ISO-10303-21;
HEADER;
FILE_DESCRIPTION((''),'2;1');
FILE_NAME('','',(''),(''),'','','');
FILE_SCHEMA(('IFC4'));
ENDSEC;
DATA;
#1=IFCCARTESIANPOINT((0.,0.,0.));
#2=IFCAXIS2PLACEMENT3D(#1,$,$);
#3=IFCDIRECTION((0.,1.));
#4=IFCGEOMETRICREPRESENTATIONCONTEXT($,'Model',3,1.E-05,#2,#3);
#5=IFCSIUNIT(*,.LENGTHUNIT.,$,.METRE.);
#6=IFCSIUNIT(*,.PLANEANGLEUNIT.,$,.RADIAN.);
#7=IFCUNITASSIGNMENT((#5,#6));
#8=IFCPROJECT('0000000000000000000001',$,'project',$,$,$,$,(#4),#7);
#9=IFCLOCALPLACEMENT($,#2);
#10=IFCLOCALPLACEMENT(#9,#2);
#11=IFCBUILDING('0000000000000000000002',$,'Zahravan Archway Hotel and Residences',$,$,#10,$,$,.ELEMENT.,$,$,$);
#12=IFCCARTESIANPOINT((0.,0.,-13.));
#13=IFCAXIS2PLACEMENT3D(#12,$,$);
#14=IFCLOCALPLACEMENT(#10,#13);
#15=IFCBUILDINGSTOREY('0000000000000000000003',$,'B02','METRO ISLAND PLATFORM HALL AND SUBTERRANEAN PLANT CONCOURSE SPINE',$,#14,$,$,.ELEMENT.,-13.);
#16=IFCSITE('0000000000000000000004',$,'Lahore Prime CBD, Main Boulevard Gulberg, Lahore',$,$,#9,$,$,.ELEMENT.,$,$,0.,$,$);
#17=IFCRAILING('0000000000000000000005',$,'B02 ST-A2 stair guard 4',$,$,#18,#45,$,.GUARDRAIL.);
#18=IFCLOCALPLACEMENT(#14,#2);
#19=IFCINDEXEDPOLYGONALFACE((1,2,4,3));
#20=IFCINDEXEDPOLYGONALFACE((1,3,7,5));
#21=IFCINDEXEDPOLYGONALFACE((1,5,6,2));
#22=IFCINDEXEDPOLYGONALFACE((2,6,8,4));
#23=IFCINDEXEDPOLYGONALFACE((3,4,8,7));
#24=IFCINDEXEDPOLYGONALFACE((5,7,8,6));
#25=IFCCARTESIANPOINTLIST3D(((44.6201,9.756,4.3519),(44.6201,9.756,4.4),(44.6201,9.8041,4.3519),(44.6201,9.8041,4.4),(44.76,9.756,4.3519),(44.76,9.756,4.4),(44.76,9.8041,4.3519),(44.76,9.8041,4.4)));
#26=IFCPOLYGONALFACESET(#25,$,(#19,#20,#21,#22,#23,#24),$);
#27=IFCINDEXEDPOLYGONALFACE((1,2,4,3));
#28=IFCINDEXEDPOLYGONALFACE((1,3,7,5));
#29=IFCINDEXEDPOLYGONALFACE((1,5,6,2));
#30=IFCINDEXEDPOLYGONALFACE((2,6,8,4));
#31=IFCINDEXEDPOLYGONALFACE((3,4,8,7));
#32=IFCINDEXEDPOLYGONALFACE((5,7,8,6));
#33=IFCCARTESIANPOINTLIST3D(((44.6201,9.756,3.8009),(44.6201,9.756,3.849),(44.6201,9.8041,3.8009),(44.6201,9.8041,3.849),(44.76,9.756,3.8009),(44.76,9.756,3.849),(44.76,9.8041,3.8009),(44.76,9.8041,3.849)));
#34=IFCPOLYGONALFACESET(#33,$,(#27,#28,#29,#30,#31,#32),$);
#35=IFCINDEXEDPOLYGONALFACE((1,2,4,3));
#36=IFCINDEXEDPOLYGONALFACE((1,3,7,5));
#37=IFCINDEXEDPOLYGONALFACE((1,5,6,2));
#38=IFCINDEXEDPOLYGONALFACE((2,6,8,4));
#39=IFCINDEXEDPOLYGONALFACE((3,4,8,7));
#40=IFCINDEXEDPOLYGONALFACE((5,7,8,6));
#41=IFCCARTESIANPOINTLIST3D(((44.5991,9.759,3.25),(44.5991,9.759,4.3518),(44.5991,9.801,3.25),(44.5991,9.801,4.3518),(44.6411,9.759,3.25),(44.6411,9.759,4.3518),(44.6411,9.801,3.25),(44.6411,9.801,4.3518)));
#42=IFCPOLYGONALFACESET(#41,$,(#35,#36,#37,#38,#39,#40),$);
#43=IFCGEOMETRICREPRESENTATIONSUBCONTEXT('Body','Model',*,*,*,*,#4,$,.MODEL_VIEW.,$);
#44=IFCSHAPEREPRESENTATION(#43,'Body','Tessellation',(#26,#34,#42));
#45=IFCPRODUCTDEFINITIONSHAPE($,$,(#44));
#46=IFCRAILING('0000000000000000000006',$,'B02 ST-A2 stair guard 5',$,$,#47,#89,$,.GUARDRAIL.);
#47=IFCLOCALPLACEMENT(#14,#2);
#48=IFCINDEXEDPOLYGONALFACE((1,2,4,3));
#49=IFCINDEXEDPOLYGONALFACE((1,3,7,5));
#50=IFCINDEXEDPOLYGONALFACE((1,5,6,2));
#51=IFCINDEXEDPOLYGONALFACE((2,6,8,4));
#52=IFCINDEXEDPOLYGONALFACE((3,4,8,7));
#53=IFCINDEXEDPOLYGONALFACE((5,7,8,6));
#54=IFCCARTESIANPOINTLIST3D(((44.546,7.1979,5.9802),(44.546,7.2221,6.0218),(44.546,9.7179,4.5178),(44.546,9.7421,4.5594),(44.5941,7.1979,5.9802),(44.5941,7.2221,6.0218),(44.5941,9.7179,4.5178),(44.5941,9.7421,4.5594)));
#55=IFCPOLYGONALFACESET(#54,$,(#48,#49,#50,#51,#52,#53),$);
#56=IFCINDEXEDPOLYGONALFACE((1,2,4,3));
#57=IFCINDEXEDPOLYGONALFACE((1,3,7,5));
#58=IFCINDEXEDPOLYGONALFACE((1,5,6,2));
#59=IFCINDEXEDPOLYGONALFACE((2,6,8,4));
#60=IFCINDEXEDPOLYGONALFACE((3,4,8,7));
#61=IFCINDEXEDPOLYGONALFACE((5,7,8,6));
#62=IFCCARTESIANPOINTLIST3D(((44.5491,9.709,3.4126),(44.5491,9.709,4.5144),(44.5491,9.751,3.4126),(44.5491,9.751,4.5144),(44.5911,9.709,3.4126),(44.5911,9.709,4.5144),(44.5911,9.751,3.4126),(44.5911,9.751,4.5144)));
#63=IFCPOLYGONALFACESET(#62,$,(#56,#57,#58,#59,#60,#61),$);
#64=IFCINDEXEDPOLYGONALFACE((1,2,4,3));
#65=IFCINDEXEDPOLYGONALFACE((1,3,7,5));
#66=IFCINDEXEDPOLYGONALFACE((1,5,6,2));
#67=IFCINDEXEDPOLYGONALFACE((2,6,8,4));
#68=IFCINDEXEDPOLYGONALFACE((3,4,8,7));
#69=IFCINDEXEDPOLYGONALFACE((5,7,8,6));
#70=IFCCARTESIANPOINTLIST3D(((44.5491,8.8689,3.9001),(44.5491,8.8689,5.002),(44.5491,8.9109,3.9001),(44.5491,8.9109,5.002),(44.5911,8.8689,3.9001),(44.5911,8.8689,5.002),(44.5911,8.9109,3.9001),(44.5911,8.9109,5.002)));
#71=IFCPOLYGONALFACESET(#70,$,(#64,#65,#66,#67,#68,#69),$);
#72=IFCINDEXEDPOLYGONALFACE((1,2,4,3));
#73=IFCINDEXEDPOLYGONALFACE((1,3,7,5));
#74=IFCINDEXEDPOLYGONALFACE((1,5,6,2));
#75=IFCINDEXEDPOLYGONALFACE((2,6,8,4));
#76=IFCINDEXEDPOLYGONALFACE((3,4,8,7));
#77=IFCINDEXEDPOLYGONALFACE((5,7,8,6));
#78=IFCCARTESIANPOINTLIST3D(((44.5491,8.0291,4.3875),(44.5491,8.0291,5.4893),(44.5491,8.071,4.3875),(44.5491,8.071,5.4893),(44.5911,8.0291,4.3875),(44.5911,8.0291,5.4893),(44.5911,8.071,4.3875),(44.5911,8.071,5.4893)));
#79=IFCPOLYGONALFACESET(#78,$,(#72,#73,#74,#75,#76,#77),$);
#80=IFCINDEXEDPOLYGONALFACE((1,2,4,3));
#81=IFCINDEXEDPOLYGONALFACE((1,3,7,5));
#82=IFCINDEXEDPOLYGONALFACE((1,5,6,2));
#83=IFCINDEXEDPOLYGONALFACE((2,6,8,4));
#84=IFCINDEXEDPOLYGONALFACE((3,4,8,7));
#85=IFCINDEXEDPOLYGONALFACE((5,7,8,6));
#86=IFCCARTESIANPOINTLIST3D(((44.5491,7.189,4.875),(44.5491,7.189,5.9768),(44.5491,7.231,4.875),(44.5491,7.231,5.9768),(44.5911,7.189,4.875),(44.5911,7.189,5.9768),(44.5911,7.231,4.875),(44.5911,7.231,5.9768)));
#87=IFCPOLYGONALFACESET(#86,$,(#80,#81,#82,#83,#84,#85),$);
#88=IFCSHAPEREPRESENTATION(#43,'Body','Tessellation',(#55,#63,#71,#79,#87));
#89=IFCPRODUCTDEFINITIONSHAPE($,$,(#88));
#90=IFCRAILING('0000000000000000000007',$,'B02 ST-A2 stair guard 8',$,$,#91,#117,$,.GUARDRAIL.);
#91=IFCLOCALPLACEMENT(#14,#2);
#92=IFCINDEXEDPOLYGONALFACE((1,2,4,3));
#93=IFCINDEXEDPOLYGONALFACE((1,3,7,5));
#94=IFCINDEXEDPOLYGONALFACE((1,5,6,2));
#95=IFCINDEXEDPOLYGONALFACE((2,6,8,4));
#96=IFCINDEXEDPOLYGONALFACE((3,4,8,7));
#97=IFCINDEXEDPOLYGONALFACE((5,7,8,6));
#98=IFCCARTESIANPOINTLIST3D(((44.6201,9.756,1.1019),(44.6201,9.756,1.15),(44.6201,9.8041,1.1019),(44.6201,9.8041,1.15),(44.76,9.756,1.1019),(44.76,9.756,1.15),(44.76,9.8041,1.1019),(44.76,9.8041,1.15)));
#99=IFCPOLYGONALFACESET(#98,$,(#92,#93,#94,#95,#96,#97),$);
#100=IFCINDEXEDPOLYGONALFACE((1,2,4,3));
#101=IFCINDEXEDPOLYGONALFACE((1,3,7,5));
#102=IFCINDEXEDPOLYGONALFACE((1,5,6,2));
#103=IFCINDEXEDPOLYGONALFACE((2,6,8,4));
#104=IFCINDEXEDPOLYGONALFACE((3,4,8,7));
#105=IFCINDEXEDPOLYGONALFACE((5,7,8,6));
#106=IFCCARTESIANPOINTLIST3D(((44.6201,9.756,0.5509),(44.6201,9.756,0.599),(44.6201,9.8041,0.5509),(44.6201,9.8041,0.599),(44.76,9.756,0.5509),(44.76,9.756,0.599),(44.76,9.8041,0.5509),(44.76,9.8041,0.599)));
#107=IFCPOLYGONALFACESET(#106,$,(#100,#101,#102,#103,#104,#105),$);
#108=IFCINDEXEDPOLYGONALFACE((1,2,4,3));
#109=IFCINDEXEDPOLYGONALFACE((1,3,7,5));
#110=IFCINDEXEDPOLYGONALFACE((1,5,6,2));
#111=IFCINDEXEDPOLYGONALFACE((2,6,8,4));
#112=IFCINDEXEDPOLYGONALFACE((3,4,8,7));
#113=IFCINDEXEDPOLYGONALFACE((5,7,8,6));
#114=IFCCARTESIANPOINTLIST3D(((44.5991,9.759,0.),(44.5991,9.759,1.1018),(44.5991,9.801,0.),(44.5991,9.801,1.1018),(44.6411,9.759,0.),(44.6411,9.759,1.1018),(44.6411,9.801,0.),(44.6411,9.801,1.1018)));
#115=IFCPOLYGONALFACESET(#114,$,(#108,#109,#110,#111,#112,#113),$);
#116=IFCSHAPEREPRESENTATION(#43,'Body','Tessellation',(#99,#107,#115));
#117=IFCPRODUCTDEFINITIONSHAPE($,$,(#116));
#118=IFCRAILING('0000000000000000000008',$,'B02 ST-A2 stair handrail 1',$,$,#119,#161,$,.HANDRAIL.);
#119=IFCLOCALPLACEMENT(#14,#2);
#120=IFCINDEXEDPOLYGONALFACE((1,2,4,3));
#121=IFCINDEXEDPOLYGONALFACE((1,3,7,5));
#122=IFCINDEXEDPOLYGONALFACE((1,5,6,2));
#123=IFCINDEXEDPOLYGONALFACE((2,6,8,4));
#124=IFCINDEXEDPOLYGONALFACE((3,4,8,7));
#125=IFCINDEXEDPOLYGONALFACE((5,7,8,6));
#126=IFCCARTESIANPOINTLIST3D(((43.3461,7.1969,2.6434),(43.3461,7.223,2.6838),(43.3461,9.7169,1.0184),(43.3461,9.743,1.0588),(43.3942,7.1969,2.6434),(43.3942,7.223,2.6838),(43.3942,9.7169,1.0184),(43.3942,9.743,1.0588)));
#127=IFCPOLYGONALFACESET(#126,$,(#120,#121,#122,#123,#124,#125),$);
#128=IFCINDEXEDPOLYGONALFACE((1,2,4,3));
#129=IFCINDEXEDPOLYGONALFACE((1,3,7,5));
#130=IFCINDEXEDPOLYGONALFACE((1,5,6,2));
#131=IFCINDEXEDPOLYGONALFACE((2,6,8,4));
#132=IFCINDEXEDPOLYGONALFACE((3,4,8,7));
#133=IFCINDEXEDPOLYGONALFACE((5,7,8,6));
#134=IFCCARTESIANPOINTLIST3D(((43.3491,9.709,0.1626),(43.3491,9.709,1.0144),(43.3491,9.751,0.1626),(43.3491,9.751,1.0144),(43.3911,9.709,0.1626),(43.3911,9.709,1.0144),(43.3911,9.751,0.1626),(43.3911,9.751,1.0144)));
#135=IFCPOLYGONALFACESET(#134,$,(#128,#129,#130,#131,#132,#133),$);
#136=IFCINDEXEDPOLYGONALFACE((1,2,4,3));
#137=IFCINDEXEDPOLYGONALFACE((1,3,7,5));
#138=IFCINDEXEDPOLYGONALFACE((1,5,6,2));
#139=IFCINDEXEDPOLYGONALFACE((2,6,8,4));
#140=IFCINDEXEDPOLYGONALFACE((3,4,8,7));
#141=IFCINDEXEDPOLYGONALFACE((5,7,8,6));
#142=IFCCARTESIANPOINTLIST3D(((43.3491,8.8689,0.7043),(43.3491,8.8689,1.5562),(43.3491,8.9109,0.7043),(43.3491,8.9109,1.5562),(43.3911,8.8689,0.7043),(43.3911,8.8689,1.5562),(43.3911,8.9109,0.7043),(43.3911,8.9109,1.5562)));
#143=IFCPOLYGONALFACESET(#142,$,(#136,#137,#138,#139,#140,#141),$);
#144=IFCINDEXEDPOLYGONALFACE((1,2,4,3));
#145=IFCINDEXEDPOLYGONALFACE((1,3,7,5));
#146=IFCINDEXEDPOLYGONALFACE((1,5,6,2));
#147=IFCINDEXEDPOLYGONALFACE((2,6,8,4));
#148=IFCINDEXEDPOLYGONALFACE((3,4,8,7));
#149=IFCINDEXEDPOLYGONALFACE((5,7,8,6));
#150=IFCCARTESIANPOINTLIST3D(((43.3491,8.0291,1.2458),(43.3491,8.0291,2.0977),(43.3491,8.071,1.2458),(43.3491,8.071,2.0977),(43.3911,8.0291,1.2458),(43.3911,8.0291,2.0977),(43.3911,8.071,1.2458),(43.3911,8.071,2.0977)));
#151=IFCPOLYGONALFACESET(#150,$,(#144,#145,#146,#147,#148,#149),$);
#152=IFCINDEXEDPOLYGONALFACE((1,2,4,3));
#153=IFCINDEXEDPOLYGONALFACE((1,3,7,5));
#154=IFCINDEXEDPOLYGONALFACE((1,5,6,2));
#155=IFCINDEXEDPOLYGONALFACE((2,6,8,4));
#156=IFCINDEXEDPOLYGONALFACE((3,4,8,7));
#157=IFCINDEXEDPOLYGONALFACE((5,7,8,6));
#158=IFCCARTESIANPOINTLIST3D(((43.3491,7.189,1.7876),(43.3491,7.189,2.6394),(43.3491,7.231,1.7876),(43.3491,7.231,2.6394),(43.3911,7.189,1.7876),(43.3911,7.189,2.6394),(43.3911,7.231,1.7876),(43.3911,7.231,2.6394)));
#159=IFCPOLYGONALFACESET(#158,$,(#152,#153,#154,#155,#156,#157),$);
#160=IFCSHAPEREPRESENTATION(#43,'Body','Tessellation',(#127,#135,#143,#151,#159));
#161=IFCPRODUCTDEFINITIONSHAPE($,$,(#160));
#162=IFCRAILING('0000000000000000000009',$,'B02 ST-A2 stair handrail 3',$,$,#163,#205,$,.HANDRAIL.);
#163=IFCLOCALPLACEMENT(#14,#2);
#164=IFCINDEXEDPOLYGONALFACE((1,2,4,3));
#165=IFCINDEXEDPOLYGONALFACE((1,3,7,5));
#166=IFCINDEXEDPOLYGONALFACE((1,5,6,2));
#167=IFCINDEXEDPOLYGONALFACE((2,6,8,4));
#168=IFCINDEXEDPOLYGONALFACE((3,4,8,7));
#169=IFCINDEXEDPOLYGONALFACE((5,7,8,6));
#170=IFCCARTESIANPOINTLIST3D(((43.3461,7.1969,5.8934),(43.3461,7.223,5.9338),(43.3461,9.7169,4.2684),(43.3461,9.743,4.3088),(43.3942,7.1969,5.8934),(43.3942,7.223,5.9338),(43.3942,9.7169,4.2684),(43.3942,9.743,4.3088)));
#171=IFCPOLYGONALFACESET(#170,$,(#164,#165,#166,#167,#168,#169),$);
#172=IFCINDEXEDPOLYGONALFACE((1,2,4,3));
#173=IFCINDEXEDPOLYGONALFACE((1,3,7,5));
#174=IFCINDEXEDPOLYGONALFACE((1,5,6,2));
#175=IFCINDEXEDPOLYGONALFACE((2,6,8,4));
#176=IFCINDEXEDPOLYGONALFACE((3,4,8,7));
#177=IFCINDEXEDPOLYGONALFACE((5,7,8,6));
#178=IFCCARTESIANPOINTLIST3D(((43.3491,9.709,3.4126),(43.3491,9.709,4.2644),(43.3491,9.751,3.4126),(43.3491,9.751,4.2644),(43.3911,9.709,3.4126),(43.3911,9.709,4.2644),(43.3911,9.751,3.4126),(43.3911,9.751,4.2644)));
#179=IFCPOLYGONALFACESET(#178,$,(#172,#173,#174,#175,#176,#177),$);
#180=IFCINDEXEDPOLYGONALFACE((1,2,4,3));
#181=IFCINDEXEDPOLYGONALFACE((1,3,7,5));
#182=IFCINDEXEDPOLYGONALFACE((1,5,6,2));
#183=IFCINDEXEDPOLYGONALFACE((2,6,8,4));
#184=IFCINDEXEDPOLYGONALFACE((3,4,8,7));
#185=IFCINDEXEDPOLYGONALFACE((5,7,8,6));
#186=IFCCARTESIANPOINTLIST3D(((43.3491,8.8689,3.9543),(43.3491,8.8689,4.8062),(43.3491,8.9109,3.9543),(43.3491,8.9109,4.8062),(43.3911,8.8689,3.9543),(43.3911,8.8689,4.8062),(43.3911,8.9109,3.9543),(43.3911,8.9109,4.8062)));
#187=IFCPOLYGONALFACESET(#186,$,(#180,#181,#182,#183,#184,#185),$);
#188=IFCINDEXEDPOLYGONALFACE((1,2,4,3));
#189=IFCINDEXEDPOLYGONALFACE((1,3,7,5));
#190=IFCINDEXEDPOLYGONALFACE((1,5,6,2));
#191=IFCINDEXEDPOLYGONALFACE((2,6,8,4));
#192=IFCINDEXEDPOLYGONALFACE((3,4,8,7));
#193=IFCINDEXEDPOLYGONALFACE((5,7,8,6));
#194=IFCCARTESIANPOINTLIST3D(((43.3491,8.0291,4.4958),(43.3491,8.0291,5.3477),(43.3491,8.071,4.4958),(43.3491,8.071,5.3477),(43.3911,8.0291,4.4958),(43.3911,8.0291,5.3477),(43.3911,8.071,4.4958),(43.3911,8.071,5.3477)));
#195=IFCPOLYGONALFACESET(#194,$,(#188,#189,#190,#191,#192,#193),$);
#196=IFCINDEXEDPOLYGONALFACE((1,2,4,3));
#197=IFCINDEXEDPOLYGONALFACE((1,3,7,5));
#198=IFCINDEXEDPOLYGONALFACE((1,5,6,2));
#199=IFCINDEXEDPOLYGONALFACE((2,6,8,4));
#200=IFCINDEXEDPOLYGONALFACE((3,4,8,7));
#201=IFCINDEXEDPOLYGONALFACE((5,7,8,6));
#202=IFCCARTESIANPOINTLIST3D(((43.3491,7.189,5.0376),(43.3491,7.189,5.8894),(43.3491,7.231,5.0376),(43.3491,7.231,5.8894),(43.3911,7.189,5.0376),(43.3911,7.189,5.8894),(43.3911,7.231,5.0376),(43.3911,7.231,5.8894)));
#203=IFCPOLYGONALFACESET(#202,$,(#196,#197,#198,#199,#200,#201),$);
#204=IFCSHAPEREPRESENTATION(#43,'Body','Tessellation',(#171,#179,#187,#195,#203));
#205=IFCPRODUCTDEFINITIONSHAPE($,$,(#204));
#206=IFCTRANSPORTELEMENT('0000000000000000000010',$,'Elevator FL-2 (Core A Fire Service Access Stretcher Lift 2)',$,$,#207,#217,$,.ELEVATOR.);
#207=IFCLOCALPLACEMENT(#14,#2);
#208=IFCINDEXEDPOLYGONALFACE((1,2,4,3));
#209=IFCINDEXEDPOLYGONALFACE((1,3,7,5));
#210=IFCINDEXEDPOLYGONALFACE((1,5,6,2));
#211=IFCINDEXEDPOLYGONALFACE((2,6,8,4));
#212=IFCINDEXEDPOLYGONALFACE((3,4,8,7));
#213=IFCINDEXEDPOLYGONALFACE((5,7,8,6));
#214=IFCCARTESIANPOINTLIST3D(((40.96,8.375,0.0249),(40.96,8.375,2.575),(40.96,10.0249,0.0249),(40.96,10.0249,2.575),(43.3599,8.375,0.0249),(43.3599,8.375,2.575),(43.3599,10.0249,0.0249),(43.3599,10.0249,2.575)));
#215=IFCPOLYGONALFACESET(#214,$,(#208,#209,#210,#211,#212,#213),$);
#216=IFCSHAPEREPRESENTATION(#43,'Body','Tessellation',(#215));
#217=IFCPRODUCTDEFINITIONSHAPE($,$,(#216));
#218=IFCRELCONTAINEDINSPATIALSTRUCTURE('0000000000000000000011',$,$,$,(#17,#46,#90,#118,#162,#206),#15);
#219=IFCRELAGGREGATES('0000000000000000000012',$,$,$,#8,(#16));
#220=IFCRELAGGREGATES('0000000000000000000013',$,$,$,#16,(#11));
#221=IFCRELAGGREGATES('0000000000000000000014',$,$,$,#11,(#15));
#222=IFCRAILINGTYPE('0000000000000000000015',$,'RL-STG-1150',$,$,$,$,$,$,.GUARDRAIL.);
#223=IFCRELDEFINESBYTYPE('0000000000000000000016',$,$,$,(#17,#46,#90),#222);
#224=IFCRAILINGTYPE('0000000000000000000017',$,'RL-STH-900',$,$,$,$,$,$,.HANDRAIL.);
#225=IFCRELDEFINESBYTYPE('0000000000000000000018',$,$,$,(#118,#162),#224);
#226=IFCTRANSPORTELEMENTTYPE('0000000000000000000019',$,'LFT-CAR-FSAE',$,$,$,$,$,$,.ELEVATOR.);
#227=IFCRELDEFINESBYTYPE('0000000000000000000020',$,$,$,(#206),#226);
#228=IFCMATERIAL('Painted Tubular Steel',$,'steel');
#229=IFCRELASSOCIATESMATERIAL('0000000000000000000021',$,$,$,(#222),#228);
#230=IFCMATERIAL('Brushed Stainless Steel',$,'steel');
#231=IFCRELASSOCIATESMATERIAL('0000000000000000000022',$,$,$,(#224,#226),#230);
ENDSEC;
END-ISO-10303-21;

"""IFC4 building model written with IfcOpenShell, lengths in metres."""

from ifc_helpers import new_model, si_unit, direction, frame, origin, origin_2d, place, context, subcontext, project, spatial, rectangle, extrude, source, transform, mapped, material, type_object, type_shapes, element, save


model = new_model("IFC4")

# Units and contexts
model_context = context("Model", 3, precision=1e-05, world=origin(), true_north=direction((0.0, 1.0)))
body_context = subcontext(model_context, "Body", "Model", "MODEL_VIEW")
ifc_project = project(units=[si_unit("LENGTHUNIT", "METRE"), si_unit("PLANEANGLEUNIT", "RADIAN")], contexts=[model_context])

# Site, building, storey
site_placement = place(None, origin())
site = spatial("IfcSite", under=ifc_project, at=site_placement, Name="Lahore Prime CBD, Main Boulevard Gulberg, Lahore", CompositionType="ELEMENT", RefElevation=0.0)
building_placement = place(site_placement, origin())
building = spatial("IfcBuilding", under=site, at=building_placement, Name="Zahravan Archway Hotel and Residences", CompositionType="ELEMENT")
storey_placement = place(building_placement, frame((0.0, 0.0, -13.0)))
storey = spatial("IfcBuildingStorey", under=building, at=storey_placement, Name="B02", Description="METRO ISLAND PLATFORM HALL AND SUBTERRANEAN PLANT CONCOURSE SPINE", CompositionType="ELEMENT", Elevation=-13.0)

# Shared definitions
ifc_material_1 = material(Name="Brushed Stainless Steel", Category="steel")

# Railings
ifc_material_2 = material(Name="Painted Tubular Steel", Category="steel")
railing_type_1 = type_object("IfcRailingType", Name="RL-STG-1150", PredefinedType="GUARDRAIL", material=ifc_material_2)
railing_1_placement = place(storey_placement, frame((44.6201, 9.78, 3.25)))
element("IfcRailing", 1, at=railing_1_placement, inside=storey, type_object=railing_type_1, Name="B02 ST-A2 stair guard 4", PredefinedType="GUARDRAIL", context=body_context, shape_type="SweptSolid", body=[
    extrude(rectangle(XDim=0.0481, YDim=0.0481, at=origin_2d()), frame((0.0, 0.0, 1.126), z_axis=(1.0, 0.0, 0.0), x_axis=(0.0, 1.0, 0.0)), (0.0, 0.0, 1.0), 0.1399),
    extrude(rectangle(XDim=0.0481, YDim=0.0481, at=origin_2d()), frame((0.0, 0.0, 0.575), z_axis=(1.0, 0.0, 0.0), x_axis=(0.0, 1.0, 0.0)), (0.0, 0.0, 1.0), 0.1399),
    extrude(rectangle(XDim=0.042, YDim=0.042, at=origin_2d()), origin(), (0.0, 0.0, 1.0), 1.1018),
])
railing_2_placement = place(storey_placement, frame((44.5701, 9.73, 3.4126)))
element("IfcRailing", 2, at=railing_2_placement, inside=storey, type_object=railing_type_1, Name="B02 ST-A2 stair guard 5", PredefinedType="GUARDRAIL", context=body_context, shape_type="SweptSolid", body=[
    extrude(rectangle(XDim=0.0481, YDim=0.0481, at=origin_2d()), frame((0.0, 0.0, 1.126), z_axis=(0.0, -0.864913, 0.501921), x_axis=(1.0, 0.0, 0.0)), (0.0, 0.0, 1.0), 2.9136),
    extrude(rectangle(XDim=0.042, YDim=0.042, at=origin_2d()), origin(), (0.0, 0.0, 1.0), 1.1018),
    extrude(rectangle(XDim=0.042, YDim=0.042, at=origin_2d()), frame((0.0, -0.8401, 0.4875)), (0.0, 0.0, 1.0), 1.1018),
    extrude(rectangle(XDim=0.042, YDim=0.042, at=origin_2d()), frame((0.0, -1.6799, 0.9749)), (0.0, 0.0, 1.0), 1.1018),
    extrude(rectangle(XDim=0.042, YDim=0.042, at=origin_2d()), frame((0.0, -2.52, 1.4624)), (0.0, 0.0, 1.0), 1.1018),
])
railing_3_placement = place(storey_placement, frame((44.6201, 9.78, 0.0)))
element("IfcRailing", 3, at=railing_3_placement, inside=storey, type_object=railing_type_1, Name="B02 ST-A2 stair guard 8", PredefinedType="GUARDRAIL", context=body_context, shape_type="SweptSolid", body=[
    extrude(rectangle(XDim=0.0481, YDim=0.0481, at=origin_2d()), frame((0.0, 0.0, 1.126), z_axis=(1.0, 0.0, 0.0), x_axis=(0.0, 1.0, 0.0)), (0.0, 0.0, 1.0), 0.1399),
    extrude(rectangle(XDim=0.0481, YDim=0.0481, at=origin_2d()), frame((0.0, 0.0, 0.575), z_axis=(1.0, 0.0, 0.0), x_axis=(0.0, 1.0, 0.0)), (0.0, 0.0, 1.0), 0.1399),
    extrude(rectangle(XDim=0.042, YDim=0.042, at=origin_2d()), origin(), (0.0, 0.0, 1.0), 1.1018),
])
railing_type_2 = type_object("IfcRailingType", Name="RL-STH-900", PredefinedType="HANDRAIL", material=ifc_material_1)
for number, where, name in (
    (4, (43.3701, 9.73, 0.1626), "B02 ST-A2 stair handrail 1"),
    (5, (43.3701, 9.73, 3.4126), "B02 ST-A2 stair handrail 3"),
):
    element("IfcRailing", number, at=place(storey_placement, frame(where)), inside=storey, type_object=railing_type_2, Name=name, PredefinedType="HANDRAIL", context=body_context, shape_type="SweptSolid", body=[
        extrude(rectangle(XDim=0.0481, YDim=0.0481, at=origin_2d()), frame((0.0, 0.0, 0.876), z_axis=(0.0, -0.840421, 0.541934), x_axis=(1.0, 0.0, 0.0)), (0.0, 0.0, 1.0), 2.9985),
        extrude(rectangle(XDim=0.042, YDim=0.042, at=origin_2d()), origin(), (0.0, 0.0, 1.0), 0.8518),
        extrude(rectangle(XDim=0.042, YDim=0.042, at=origin_2d()), frame((0.0, -0.8401, 0.5417)), (0.0, 0.0, 1.0), 0.8518),
        extrude(rectangle(XDim=0.042, YDim=0.042, at=origin_2d()), frame((0.0, -1.6799, 1.0833)), (0.0, 0.0, 1.0), 0.8518),
        extrude(rectangle(XDim=0.042, YDim=0.042, at=origin_2d()), frame((0.0, -2.52, 1.625)), (0.0, 0.0, 1.0), 0.8518),
    ])

# Transport element
transport_element_type = type_object("IfcTransportElementType", Name="LFT-CAR-FSAE", PredefinedType="ELEVATOR", material=ifc_material_1)
shared_shape_1 = source(origin(), body_context, "Body", "SweptSolid", [
    extrude(rectangle(XDim=2.3999, YDim=1.6499, at=origin_2d()), origin(), (0.0, 0.0, 1.0), 2.55),
])
type_shapes(transport_element_type, [shared_shape_1])
transport_element_placement = place(storey_placement, frame((42.1599, 9.2, 0.0249), z_axis=(0.0, 0.0, 1.0), x_axis=(1.0, 0.0, 0.0)))
element("IfcTransportElement", 6, at=transport_element_placement, inside=storey, type_object=transport_element_type, Name="Elevator FL-2 (Core A Fire Service Access Stretcher Lift 2)", PredefinedType="ELEVATOR", context=body_context, shape_type="MappedRepresentation", body=[
    mapped(shared_shape_1, transform((0.0, 0.0, 0.0), scale=1.0)),
])

save(model, "model.ifc")
